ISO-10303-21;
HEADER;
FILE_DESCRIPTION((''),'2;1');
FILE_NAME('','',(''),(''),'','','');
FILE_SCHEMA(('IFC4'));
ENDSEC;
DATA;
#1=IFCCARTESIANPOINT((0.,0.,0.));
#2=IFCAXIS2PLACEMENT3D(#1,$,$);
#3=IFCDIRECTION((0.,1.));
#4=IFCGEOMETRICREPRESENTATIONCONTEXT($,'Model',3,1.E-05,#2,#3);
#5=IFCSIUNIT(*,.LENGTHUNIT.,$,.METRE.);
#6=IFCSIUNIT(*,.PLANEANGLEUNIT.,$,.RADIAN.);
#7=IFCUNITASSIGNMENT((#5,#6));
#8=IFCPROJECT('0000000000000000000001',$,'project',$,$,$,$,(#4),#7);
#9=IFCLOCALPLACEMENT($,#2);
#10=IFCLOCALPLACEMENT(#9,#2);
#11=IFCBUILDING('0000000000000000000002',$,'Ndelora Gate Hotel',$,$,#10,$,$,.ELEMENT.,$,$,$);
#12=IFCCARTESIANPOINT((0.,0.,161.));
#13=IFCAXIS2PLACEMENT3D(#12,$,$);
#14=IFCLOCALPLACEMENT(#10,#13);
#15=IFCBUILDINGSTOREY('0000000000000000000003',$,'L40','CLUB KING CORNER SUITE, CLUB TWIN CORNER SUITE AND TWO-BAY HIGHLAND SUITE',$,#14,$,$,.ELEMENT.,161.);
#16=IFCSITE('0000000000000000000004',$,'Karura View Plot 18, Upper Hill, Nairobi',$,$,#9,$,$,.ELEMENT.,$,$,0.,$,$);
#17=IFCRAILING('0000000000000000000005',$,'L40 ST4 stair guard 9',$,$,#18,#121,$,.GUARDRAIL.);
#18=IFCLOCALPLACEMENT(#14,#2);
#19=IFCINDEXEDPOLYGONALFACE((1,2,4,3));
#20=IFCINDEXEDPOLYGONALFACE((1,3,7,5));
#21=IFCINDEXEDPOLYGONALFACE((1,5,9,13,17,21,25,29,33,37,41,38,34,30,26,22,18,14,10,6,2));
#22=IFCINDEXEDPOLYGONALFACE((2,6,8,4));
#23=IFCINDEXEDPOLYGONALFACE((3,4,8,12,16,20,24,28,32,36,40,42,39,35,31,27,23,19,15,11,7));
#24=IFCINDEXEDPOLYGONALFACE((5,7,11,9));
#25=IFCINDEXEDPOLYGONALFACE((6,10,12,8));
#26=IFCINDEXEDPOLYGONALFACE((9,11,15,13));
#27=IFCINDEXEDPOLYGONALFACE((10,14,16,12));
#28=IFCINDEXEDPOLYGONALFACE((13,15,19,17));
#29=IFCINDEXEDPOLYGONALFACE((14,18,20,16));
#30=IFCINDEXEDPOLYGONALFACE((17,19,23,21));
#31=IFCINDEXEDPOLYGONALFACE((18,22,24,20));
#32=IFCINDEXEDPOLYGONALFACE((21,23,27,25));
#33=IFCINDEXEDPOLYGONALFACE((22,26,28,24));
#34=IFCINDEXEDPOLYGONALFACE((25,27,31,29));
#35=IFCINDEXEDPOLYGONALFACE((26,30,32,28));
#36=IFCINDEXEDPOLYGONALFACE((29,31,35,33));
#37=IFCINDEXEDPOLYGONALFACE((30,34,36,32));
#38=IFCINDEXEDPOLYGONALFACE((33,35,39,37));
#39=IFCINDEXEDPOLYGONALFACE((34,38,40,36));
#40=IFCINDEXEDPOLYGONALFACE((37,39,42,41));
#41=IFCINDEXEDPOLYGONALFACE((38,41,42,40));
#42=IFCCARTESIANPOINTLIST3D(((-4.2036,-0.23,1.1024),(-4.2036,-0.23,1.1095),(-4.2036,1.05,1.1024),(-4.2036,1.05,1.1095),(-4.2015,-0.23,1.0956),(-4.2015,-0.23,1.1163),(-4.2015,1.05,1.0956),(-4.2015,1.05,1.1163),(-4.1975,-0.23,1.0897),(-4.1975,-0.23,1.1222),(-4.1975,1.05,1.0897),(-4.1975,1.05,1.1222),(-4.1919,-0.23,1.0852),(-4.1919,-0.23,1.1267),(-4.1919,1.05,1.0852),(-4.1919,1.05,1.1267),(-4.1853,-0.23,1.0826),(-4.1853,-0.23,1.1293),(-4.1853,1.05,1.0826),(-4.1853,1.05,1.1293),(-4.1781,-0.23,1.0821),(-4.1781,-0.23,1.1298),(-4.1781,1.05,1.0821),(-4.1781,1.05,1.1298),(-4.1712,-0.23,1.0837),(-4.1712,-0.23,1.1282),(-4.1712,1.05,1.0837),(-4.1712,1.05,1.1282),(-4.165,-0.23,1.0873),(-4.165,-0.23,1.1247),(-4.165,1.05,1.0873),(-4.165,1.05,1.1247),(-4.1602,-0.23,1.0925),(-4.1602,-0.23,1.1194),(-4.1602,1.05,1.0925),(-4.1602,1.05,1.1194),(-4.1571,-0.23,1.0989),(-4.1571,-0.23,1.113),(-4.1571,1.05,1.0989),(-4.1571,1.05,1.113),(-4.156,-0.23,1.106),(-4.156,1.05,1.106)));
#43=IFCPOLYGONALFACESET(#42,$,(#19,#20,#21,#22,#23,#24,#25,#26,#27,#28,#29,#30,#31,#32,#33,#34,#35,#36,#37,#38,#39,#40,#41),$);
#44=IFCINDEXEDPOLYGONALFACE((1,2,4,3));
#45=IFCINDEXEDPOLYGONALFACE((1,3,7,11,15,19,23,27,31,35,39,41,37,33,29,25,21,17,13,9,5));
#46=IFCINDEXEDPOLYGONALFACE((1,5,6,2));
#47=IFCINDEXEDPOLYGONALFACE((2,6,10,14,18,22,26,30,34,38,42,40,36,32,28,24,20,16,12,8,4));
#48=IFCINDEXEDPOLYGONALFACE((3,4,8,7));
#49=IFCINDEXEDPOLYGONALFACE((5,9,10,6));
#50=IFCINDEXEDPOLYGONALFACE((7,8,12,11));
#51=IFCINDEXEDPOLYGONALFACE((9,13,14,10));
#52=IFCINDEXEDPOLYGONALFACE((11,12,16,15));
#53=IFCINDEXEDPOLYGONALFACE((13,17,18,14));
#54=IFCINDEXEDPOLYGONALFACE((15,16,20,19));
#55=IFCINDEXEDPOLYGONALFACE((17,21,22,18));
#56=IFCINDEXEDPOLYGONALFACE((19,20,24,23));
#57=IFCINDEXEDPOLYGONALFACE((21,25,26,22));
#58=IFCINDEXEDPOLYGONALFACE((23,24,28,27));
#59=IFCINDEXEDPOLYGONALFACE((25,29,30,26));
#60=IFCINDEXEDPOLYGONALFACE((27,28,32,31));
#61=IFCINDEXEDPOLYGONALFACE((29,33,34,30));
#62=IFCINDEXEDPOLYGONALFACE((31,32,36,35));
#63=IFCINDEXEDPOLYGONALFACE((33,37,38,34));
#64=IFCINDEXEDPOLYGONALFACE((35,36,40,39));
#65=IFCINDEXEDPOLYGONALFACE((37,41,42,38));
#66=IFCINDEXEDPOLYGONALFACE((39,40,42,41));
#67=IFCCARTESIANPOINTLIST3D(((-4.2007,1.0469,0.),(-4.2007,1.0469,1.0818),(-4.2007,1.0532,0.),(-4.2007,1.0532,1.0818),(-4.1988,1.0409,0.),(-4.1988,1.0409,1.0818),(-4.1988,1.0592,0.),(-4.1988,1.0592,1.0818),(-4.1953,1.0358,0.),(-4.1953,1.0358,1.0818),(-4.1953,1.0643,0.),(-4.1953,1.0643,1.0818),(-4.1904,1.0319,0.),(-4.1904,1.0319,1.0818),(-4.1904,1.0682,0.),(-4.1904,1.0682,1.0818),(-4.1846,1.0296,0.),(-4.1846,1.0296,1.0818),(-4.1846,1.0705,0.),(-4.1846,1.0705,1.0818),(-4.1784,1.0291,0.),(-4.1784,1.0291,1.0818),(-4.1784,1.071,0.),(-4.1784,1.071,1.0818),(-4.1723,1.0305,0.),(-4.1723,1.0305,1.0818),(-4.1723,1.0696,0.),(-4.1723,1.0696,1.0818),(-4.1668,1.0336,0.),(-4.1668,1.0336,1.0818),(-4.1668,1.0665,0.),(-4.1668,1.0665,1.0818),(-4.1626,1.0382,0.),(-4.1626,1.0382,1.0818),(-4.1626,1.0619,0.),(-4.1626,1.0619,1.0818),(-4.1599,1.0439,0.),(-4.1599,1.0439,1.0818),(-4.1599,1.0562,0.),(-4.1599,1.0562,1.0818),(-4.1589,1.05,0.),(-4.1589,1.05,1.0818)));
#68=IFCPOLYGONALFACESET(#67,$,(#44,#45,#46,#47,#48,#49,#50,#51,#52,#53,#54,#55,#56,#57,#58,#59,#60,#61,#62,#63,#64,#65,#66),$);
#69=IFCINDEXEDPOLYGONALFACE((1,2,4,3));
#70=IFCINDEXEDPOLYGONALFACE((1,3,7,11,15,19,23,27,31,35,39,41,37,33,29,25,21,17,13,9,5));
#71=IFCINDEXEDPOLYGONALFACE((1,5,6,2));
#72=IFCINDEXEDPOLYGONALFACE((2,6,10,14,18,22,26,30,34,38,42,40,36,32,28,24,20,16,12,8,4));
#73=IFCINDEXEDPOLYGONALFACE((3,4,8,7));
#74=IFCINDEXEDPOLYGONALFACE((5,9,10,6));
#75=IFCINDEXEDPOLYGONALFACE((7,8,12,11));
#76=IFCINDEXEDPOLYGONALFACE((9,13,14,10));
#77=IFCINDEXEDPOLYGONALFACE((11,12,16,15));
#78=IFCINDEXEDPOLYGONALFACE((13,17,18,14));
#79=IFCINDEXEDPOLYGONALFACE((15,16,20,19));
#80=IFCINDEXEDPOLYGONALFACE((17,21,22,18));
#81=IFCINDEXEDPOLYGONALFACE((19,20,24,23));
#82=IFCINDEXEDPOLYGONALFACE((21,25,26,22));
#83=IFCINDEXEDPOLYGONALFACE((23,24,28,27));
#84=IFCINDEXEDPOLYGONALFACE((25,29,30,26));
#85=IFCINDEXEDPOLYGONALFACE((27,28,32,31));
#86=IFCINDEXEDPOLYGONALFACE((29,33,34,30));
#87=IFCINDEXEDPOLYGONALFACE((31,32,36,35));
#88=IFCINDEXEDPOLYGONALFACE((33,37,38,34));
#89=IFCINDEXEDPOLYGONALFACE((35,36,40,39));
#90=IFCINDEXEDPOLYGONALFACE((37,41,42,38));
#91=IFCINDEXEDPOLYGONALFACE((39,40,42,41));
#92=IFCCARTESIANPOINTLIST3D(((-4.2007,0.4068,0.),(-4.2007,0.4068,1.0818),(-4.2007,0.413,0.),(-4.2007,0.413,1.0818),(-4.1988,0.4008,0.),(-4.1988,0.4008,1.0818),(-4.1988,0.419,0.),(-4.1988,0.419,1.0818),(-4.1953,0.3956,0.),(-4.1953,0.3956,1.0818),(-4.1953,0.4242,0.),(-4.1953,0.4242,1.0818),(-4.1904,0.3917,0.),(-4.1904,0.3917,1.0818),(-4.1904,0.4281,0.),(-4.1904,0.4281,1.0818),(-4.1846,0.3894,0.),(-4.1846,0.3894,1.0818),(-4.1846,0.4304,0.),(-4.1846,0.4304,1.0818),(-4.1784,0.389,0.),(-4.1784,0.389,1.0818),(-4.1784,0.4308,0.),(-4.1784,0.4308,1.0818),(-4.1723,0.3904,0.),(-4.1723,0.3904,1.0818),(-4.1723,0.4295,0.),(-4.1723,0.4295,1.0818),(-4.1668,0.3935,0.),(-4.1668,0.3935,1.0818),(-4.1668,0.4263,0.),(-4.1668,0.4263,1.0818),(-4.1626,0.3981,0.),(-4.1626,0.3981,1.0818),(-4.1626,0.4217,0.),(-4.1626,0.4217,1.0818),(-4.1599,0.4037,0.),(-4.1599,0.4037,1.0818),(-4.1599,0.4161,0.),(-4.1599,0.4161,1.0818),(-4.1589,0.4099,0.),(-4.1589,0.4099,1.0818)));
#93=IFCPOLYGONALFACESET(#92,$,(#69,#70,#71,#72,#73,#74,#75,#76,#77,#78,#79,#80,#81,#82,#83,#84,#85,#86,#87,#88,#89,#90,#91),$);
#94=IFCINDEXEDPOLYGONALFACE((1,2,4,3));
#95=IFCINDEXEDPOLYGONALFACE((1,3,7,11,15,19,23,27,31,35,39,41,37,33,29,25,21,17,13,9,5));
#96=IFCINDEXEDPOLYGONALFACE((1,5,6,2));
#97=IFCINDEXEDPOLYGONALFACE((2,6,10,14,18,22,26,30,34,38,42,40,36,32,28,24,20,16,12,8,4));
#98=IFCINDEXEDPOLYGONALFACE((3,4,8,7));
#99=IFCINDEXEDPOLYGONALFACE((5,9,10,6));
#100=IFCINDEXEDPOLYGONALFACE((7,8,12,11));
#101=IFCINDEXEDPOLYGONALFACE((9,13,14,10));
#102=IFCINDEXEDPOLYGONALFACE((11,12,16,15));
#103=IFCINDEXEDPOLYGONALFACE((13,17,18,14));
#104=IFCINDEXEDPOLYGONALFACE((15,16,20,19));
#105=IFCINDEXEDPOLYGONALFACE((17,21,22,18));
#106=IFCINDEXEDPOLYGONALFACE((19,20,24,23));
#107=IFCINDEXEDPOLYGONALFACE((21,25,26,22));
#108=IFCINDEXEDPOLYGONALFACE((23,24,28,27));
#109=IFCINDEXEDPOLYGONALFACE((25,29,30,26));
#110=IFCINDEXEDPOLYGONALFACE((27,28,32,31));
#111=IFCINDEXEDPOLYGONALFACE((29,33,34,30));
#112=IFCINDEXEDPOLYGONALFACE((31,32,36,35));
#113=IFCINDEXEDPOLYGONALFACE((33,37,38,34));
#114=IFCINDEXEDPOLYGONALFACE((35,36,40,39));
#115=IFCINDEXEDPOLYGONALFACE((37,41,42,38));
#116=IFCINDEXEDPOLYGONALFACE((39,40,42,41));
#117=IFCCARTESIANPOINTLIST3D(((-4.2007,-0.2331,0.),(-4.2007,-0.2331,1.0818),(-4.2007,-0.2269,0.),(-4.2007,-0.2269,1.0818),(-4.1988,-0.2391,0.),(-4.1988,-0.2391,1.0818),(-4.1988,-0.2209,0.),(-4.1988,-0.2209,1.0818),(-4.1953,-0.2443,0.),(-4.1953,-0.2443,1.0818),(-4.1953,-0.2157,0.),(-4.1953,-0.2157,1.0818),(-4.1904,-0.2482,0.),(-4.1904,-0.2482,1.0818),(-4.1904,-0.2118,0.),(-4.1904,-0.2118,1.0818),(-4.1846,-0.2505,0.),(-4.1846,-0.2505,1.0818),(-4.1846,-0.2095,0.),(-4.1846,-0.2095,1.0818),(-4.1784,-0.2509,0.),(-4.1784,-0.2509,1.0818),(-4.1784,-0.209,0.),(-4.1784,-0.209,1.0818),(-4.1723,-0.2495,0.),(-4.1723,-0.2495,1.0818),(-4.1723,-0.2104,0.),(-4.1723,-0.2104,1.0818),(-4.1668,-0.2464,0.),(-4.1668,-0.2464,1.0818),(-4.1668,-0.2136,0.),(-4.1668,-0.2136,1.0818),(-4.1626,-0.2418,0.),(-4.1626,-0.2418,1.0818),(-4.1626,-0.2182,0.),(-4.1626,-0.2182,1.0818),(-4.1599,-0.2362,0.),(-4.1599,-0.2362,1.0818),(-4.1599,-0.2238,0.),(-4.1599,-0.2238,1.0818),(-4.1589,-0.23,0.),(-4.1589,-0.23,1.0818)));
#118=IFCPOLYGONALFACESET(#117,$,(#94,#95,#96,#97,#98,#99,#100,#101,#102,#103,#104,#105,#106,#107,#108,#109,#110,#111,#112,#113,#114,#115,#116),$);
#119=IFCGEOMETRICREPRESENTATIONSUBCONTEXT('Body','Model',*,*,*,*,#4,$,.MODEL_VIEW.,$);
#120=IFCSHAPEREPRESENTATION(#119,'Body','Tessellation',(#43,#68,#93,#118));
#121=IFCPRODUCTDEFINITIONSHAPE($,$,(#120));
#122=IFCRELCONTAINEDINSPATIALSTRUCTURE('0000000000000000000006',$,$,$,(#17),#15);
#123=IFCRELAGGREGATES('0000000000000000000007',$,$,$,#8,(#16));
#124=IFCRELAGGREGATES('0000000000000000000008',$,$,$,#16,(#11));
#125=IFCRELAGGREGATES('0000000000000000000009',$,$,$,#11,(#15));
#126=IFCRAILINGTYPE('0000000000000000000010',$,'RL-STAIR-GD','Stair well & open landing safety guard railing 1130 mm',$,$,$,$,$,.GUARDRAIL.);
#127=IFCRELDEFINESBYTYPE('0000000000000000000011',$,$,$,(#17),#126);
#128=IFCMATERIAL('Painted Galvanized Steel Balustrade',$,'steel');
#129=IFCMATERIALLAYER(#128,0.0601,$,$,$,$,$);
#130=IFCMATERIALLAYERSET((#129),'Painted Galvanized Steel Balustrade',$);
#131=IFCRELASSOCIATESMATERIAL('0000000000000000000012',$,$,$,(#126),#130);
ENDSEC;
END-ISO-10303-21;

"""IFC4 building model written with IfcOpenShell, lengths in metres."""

from ifc_helpers import new_model, si_unit, direction, frame, origin, origin_2d, place, context, subcontext, project, spatial, circle, extrude, material, layer, layer_set, type_object, element, save


model = new_model("IFC4")

# Units and contexts
model_context = context("Model", 3, precision=1e-05, world=origin(), true_north=direction((0.0, 1.0)))
body_context = subcontext(model_context, "Body", "Model", "MODEL_VIEW")
ifc_project = project(units=[si_unit("LENGTHUNIT", "METRE"), si_unit("PLANEANGLEUNIT", "RADIAN")], contexts=[model_context])

# Site, building, storey
site_placement = place(None, origin())
site = spatial("IfcSite", under=ifc_project, at=site_placement, Name="Karura View Plot 18, Upper Hill, Nairobi", CompositionType="ELEMENT", RefElevation=0.0)
building_placement = place(site_placement, origin())
building = spatial("IfcBuilding", under=site, at=building_placement, Name="Ndelora Gate Hotel", CompositionType="ELEMENT")
storey_placement = place(building_placement, frame((0.0, 0.0, 161.0)))
storey = spatial("IfcBuildingStorey", under=building, at=storey_placement, Name="L40", Description="CLUB KING CORNER SUITE, CLUB TWIN CORNER SUITE AND TWO-BAY HIGHLAND SUITE", CompositionType="ELEMENT", Elevation=161.0)

# Railing
ifc_material_1 = material(Name="Painted Galvanized Steel Balustrade", Category="steel")
ifc_layer_1 = layer(ifc_material_1, 0.0601)
ifc_layer_set_1 = layer_set([ifc_layer_1], Name="Painted Galvanized Steel Balustrade")
railing_type = type_object("IfcRailingType", Name="RL-STAIR-GD", Description="Stair well & open landing safety guard railing 1130 mm", PredefinedType="GUARDRAIL", material=ifc_layer_set_1)
for number, where, name in (
    (1, (-4.1799, 1.05, 0.0), "L40 ST4 stair guard 9"),
):
    element("IfcRailing", number, at=place(storey_placement, frame(where)), inside=storey, type_object=railing_type, Name=name, PredefinedType="GUARDRAIL", context=body_context, shape_type="SweptSolid", body=[
        extrude(circle(Radius=0.0239, at=origin_2d()), frame((0.0, 0.0, 1.106), z_axis=(0.0, -1.0, 0.0), x_axis=(1.0, 0.0, 0.0)), (0.0, 0.0, 1.0), 1.28),
        extrude(circle(Radius=0.021, at=origin_2d()), origin(), (0.0, 0.0, 1.0), 1.0818),
        extrude(circle(Radius=0.021, at=origin_2d()), frame((0.0, -0.6401, 0.0)), (0.0, 0.0, 1.0), 1.0818),
        extrude(circle(Radius=0.021, at=origin_2d()), frame((0.0, -1.28, 0.0)), (0.0, 0.0, 1.0), 1.0818),
    ])

save(model, "model.ifc")
